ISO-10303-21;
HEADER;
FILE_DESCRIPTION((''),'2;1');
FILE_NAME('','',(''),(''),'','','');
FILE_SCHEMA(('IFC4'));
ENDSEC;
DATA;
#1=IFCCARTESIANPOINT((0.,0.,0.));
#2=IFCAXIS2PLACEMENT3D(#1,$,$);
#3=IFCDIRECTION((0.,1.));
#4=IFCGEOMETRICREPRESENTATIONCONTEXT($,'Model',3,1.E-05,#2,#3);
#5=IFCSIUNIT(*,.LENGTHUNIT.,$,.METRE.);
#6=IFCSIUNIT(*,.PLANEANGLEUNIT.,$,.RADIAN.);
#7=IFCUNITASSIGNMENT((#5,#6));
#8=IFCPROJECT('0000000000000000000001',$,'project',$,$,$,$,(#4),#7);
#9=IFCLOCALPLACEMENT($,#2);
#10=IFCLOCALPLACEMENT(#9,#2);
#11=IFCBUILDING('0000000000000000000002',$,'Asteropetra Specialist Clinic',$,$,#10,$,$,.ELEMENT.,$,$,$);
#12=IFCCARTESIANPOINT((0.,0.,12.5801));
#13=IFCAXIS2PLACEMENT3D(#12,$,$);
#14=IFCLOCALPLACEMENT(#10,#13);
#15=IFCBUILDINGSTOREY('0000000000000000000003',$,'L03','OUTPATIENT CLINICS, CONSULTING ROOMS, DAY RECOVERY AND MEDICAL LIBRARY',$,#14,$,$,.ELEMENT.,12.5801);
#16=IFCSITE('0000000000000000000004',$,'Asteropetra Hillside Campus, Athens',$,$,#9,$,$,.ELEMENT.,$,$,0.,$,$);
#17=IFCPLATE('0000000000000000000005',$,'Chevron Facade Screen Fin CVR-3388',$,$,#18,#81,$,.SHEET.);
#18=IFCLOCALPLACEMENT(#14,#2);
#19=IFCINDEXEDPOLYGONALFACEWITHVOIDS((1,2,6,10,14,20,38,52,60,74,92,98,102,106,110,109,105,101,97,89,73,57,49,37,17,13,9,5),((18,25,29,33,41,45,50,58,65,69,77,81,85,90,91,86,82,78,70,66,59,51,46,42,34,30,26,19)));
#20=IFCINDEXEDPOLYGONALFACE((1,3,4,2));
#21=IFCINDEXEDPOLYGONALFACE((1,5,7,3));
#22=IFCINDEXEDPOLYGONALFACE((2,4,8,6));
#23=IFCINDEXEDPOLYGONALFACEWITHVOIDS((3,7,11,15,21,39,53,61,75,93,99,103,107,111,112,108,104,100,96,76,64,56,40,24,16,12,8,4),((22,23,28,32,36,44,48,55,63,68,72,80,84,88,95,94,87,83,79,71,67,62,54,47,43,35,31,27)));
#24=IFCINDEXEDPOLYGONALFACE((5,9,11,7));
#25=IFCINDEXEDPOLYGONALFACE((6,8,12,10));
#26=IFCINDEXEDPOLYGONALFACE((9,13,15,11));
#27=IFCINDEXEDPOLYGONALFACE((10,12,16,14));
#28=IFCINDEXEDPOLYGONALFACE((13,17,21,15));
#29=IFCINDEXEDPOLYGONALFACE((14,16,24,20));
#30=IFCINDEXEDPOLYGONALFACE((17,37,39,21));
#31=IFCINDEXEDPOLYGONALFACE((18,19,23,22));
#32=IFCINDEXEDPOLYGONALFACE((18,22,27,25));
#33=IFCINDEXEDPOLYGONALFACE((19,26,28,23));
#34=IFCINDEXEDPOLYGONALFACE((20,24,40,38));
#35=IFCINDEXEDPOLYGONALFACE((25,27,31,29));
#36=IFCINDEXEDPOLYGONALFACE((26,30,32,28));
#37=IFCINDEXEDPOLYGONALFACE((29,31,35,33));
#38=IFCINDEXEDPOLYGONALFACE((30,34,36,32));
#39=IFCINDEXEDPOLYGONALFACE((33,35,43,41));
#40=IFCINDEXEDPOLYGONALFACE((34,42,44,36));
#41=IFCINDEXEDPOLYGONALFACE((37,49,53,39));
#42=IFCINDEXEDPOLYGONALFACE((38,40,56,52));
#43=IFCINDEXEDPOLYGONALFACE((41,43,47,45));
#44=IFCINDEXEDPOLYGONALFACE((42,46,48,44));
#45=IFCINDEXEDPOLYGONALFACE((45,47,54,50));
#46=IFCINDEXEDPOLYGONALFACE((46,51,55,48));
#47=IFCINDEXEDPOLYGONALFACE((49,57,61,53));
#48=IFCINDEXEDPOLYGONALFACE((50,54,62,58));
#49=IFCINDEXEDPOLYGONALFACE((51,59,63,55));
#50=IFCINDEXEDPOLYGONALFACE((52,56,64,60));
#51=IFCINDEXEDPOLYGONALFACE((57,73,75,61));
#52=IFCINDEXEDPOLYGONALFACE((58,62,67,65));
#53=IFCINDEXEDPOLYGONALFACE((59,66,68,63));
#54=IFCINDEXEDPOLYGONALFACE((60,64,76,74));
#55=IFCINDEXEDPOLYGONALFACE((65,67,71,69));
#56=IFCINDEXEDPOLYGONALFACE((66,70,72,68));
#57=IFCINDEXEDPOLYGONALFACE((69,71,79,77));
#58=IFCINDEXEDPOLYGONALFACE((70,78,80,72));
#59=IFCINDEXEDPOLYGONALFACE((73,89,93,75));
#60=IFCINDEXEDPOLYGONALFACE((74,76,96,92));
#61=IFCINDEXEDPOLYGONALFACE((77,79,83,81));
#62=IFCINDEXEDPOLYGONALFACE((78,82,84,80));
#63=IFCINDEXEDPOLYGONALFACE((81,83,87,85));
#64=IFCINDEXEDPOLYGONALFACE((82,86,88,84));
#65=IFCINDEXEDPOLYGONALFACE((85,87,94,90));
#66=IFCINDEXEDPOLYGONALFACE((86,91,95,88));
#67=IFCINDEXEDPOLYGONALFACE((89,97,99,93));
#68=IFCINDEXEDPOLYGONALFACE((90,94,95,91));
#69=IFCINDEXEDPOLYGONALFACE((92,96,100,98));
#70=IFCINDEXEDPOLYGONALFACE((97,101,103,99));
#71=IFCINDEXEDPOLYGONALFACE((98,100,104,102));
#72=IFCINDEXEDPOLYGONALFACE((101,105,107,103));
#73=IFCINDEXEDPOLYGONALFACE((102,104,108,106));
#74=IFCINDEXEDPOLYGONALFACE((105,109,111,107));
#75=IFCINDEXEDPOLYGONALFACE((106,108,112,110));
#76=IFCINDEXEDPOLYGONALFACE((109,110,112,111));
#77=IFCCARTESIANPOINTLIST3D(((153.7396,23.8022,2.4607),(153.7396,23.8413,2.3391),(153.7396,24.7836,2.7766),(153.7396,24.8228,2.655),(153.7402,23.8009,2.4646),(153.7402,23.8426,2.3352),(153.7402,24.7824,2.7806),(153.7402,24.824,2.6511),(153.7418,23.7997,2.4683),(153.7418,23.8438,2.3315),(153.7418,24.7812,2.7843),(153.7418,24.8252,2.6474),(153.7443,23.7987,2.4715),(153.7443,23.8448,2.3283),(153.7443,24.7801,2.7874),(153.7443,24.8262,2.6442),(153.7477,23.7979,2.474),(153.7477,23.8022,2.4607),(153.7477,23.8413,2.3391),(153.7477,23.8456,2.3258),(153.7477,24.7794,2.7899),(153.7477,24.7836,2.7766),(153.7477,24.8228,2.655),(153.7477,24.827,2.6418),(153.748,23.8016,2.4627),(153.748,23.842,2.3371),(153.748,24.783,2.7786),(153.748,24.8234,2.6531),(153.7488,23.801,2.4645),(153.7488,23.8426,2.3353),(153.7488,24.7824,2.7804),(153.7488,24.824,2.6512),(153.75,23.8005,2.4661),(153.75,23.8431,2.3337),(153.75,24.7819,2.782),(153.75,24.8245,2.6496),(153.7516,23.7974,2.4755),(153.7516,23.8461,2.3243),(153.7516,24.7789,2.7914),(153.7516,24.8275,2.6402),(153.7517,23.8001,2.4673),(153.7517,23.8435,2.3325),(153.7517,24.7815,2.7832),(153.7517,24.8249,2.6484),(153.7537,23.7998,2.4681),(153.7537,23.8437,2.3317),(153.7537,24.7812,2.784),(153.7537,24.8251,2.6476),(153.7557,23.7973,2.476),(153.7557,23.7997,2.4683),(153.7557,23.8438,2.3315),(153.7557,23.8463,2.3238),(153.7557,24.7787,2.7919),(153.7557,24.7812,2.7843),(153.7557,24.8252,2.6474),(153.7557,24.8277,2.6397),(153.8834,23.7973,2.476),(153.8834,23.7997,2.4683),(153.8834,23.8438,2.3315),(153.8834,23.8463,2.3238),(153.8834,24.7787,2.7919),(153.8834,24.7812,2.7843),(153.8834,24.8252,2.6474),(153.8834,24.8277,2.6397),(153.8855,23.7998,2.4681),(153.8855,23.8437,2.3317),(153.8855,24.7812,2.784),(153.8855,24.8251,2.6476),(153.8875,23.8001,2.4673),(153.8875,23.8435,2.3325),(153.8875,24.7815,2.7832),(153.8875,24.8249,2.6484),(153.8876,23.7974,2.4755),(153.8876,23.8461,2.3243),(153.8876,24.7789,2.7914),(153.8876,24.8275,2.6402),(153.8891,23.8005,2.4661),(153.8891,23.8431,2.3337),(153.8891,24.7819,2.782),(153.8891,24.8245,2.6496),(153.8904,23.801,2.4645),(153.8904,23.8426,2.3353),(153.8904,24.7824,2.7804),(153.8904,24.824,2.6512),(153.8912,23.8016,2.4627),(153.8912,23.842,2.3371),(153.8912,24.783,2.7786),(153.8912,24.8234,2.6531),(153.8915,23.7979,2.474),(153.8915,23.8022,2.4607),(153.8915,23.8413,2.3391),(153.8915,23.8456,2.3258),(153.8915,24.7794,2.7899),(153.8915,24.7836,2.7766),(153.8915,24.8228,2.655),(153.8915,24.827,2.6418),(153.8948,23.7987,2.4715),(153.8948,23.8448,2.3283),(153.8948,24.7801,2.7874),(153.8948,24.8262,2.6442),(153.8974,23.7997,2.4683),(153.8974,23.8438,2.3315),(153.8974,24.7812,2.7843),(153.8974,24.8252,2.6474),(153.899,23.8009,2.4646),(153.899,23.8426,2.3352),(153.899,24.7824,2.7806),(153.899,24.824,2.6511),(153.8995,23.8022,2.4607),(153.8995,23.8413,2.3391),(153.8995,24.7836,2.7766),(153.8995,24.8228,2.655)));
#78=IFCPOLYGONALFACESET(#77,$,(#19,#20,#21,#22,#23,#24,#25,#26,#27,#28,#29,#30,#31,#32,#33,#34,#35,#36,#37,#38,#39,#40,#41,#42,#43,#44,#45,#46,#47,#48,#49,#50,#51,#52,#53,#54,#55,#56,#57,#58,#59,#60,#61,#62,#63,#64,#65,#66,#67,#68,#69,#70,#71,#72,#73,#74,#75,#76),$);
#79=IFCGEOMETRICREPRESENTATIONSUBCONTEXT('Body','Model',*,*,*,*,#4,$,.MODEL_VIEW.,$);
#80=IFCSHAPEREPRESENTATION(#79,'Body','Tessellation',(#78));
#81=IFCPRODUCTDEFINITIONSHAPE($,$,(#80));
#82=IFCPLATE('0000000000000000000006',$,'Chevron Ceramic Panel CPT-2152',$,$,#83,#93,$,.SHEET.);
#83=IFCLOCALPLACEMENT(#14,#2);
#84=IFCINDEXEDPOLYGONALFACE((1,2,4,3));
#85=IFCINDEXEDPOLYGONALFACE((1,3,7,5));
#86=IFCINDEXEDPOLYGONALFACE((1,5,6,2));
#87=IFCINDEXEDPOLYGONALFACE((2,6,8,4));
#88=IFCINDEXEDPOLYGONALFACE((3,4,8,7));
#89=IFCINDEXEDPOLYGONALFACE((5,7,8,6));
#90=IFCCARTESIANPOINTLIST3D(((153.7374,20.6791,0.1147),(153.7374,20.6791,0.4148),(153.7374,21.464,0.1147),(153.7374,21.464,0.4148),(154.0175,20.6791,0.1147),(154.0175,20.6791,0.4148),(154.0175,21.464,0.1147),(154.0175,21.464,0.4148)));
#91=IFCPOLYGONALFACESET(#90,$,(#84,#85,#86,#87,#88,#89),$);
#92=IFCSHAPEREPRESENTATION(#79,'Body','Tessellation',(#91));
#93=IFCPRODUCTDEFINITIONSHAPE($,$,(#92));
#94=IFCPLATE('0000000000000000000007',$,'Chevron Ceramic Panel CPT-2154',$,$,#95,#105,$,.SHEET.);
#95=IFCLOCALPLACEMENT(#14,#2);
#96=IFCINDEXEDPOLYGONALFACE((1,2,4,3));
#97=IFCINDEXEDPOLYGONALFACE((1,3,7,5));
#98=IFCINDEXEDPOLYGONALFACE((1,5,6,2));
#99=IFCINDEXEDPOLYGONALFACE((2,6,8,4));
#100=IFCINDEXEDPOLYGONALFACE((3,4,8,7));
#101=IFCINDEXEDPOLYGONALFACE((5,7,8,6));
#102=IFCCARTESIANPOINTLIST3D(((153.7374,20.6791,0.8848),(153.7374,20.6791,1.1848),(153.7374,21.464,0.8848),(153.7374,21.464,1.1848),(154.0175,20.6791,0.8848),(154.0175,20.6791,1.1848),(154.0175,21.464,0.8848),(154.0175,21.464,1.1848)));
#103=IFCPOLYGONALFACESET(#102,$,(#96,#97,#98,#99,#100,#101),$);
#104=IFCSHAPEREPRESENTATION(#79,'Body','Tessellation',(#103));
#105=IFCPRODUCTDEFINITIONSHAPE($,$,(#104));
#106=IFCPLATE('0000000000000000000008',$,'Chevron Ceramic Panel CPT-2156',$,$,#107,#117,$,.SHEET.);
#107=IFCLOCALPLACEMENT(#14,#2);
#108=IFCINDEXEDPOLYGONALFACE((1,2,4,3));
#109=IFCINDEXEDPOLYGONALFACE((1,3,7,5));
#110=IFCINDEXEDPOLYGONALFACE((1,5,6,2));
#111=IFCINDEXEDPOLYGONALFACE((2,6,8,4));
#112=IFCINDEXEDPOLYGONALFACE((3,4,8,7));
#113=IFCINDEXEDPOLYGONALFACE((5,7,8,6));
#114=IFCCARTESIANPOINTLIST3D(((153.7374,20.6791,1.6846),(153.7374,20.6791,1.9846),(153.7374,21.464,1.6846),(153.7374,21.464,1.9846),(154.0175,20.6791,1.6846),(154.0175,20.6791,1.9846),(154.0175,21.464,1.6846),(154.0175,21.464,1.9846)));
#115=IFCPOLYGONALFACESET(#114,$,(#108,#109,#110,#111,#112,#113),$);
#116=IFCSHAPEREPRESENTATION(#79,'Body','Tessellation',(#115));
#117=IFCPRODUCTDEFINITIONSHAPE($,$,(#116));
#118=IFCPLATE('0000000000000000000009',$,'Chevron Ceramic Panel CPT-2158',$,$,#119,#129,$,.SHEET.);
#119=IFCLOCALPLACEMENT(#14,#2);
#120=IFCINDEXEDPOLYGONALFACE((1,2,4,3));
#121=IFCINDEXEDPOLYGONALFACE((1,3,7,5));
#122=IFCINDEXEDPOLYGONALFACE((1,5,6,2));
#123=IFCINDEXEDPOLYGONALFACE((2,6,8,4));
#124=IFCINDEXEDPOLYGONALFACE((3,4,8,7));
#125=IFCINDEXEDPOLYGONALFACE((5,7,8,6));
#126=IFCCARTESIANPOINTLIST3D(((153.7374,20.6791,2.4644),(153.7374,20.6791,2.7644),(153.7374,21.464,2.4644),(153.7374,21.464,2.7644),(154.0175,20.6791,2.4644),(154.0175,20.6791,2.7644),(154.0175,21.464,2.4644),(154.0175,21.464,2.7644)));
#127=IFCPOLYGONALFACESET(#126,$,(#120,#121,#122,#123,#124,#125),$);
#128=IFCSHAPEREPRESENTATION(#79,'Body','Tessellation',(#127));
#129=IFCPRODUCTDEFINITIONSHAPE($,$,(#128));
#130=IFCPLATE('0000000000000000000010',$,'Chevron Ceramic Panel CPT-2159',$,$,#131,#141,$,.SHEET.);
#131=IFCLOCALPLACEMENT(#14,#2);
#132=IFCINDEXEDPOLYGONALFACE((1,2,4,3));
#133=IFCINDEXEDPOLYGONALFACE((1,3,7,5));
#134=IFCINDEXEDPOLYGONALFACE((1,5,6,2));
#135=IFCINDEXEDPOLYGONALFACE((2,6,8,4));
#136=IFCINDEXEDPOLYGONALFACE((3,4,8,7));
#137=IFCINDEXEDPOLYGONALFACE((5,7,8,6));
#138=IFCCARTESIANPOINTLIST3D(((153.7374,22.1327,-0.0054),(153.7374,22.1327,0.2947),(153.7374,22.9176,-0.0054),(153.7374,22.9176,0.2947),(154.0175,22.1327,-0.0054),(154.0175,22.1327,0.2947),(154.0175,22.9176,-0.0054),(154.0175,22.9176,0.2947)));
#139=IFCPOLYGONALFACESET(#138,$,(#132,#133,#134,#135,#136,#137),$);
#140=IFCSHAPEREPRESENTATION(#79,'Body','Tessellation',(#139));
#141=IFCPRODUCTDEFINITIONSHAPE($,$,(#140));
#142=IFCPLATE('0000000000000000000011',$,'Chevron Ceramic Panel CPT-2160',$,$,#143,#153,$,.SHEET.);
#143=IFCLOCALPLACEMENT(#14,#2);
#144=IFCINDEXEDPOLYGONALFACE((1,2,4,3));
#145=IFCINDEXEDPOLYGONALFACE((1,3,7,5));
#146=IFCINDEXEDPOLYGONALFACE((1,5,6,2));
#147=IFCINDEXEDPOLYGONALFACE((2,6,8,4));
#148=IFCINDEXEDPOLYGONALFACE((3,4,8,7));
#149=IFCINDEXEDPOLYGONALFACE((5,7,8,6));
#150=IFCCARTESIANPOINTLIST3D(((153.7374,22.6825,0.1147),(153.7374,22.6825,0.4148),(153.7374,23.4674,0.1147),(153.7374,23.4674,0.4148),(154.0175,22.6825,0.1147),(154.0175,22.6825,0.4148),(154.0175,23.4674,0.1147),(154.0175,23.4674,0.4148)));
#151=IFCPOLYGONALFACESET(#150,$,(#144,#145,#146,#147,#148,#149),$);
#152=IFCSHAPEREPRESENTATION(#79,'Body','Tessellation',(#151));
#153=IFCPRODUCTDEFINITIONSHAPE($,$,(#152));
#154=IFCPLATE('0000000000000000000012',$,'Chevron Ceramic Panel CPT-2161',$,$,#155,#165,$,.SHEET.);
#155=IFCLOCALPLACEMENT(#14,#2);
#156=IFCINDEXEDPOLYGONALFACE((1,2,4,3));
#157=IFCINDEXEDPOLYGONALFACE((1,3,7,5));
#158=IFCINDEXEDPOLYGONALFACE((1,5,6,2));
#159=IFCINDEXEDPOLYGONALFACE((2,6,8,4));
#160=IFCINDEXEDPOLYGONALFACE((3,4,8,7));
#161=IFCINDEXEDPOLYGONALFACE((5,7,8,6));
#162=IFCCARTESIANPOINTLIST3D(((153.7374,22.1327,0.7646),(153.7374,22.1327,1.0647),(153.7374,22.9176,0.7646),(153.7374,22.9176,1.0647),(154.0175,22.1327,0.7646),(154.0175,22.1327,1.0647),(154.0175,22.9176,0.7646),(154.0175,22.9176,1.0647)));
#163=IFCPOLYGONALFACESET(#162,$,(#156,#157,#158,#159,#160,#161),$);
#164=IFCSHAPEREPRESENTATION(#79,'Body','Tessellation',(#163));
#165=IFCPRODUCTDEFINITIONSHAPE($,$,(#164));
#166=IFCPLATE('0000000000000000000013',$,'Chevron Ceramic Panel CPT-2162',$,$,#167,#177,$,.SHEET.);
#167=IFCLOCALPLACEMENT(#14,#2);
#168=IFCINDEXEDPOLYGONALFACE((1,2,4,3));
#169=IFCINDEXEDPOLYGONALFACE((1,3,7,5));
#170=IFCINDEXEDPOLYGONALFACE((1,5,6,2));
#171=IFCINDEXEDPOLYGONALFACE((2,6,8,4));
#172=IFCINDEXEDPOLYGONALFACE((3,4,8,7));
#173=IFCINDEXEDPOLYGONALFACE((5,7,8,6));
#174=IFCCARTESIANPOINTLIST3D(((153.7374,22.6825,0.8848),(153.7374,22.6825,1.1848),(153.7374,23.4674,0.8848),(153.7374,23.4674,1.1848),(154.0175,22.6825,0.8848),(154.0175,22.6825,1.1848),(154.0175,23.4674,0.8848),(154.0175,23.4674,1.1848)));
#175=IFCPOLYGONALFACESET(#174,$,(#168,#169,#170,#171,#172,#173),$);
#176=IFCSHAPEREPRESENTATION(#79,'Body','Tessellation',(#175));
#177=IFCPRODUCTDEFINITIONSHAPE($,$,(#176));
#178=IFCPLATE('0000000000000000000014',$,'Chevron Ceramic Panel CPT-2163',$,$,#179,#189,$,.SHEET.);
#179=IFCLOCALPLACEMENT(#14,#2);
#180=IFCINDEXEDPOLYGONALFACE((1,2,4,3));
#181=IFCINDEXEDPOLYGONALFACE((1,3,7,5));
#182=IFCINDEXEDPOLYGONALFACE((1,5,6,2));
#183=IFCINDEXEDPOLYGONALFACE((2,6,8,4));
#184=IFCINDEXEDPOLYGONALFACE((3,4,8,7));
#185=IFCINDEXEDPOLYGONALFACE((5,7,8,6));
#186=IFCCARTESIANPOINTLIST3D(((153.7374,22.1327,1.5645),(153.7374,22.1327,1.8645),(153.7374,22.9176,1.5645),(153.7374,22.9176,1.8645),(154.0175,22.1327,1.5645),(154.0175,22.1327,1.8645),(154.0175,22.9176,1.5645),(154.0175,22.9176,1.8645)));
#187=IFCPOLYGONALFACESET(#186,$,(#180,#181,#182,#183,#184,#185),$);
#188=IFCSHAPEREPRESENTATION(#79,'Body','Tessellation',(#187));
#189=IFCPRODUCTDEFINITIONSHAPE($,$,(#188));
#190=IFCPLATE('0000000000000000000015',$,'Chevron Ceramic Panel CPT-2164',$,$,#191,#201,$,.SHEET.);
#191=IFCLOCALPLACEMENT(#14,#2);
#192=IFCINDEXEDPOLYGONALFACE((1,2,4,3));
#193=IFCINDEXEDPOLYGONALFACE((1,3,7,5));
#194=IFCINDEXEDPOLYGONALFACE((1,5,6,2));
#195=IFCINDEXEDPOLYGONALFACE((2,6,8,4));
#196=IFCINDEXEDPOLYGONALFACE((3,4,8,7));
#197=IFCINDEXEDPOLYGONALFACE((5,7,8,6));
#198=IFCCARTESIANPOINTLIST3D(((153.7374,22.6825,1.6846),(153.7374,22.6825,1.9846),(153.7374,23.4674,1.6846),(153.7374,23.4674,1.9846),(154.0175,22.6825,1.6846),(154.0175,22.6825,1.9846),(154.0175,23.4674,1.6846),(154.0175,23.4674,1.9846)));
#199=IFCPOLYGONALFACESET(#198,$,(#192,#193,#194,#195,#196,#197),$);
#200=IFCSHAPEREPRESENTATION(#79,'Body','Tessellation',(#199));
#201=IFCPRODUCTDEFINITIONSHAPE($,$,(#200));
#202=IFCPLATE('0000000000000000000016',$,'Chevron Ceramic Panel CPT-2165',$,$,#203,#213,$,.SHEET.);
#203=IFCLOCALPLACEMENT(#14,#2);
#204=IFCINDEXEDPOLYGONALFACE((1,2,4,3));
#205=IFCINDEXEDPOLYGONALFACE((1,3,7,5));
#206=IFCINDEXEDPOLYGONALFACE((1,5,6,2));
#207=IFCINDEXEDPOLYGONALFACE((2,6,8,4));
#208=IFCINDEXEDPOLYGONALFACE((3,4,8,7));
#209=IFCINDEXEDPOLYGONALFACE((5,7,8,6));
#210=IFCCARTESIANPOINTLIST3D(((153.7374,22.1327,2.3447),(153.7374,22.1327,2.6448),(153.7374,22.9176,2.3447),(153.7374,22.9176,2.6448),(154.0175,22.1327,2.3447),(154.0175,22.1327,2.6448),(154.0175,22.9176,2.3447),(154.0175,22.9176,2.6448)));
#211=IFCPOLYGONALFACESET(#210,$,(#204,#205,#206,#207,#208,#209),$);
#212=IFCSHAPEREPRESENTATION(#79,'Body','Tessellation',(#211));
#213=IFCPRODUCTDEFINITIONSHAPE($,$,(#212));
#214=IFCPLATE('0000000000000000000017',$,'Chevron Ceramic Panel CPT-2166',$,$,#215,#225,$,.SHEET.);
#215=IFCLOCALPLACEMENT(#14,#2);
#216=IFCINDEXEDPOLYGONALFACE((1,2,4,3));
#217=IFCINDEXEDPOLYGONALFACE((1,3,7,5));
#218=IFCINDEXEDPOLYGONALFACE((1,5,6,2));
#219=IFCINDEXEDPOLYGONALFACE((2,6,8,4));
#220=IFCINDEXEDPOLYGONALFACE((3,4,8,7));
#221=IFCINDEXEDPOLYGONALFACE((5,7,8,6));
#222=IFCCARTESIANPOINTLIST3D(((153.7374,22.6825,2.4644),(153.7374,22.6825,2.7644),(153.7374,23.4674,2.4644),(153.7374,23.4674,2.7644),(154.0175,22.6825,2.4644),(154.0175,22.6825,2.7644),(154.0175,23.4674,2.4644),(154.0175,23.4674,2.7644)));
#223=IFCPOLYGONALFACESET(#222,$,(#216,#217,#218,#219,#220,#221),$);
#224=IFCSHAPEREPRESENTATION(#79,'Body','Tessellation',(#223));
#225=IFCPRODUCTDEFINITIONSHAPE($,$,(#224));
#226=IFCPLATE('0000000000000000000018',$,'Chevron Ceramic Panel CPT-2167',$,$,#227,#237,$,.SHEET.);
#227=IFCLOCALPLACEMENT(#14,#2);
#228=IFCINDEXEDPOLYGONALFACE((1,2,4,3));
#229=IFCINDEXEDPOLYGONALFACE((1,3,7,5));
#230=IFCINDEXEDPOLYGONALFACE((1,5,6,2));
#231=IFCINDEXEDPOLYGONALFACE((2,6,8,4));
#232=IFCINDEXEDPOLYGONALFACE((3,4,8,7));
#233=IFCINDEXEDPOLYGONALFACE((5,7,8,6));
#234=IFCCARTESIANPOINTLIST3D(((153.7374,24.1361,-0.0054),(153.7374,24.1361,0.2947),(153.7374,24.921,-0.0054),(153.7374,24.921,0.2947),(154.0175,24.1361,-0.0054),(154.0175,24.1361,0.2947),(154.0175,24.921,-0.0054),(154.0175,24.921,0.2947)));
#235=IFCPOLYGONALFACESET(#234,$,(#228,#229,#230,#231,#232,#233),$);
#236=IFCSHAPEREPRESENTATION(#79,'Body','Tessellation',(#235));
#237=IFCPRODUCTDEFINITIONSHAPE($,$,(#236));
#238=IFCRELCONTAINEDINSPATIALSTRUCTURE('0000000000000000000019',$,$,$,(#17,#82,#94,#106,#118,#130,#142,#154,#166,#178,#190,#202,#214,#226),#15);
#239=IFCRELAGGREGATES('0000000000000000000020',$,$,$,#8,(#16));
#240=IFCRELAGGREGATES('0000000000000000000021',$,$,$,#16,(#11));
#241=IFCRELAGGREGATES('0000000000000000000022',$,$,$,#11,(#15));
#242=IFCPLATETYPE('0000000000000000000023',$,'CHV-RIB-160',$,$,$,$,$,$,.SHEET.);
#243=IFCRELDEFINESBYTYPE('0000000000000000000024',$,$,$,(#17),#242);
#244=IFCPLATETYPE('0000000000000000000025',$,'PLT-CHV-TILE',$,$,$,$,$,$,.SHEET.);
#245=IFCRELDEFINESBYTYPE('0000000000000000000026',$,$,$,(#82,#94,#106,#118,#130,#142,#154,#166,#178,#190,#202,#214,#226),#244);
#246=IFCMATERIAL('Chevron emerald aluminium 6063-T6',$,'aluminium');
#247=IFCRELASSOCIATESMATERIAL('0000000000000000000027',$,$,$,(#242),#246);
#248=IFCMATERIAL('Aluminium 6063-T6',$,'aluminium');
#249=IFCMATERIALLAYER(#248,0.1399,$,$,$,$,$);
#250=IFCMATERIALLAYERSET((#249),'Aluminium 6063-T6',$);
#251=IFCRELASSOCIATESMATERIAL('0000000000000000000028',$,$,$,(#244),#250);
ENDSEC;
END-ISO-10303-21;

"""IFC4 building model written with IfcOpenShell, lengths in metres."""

from ifc_helpers import new_model, si_unit, direction, frame, origin, origin_2d, place, context, subcontext, project, spatial, rectangle, hollow_rectangle, extrude, material, layer, layer_set, material_profile, profile_set, type_object, element, save


model = new_model("IFC4")

# Units and contexts
model_context = context("Model", 3, precision=1e-05, world=origin(), true_north=direction((0.0, 1.0)))
body_context = subcontext(model_context, "Body", "Model", "MODEL_VIEW")
ifc_project = project(units=[si_unit("LENGTHUNIT", "METRE"), si_unit("PLANEANGLEUNIT", "RADIAN")], contexts=[model_context])

# Site, building, storey
site_placement = place(None, origin())
site = spatial("IfcSite", under=ifc_project, at=site_placement, Name="Asteropetra Hillside Campus, Athens", CompositionType="ELEMENT", RefElevation=0.0)
building_placement = place(site_placement, origin())
building = spatial("IfcBuilding", under=site, at=building_placement, Name="Asteropetra Specialist Clinic", CompositionType="ELEMENT")
storey_placement = place(building_placement, frame((0.0, 0.0, 12.5801)))
storey = spatial("IfcBuildingStorey", under=building, at=storey_placement, Name="L03", Description="OUTPATIENT CLINICS, CONSULTING ROOMS, DAY RECOVERY AND MEDICAL LIBRARY", CompositionType="ELEMENT", Elevation=12.5801)

# Plates
ifc_material_1 = material(Name="Chevron emerald aluminium 6063-T6", Category="aluminium")
ifc_material_profile = material_profile(ifc_material_1, hollow_rectangle(XDim=0.1599, YDim=0.1599, WallThickness=0.0081, InnerFilletRadius=0.0081, OuterFilletRadius=0.0161, at=origin_2d()), Name="SHS 160x160x8.0")
ifc_profile_set = profile_set([ifc_material_profile], Name="Chevron emerald aluminium 6063-T6")
plate_type_1 = type_object("IfcPlateType", Name="CHV-RIB-160", PredefinedType="SHEET", material=ifc_profile_set)
for number, where, z_axis, x_axis, name in (
    (1, (153.8196, 23.8218, 2.3999), (0.0, 0.9519, 0.306408), (-1.0, 0.0, 0.0), "Chevron Facade Screen Fin CVR-3388"),
):
    element("IfcPlate", number, at=place(storey_placement, frame(where, z_axis=z_axis, x_axis=x_axis)), inside=storey, type_object=plate_type_1, Name=name, PredefinedType="SHEET", context=body_context, shape_type="SweptSolid", body=[
        extrude(hollow_rectangle(XDim=0.1599, YDim=0.1599, WallThickness=0.0081, InnerFilletRadius=0.0081, OuterFilletRadius=0.0161, at=origin_2d()), origin(), (0.0, 0.0, 1.0), 1.031),
    ])
ifc_material_2 = material(Name="Aluminium 6063-T6", Category="aluminium")
ifc_layer_1 = layer(ifc_material_2, 0.1399)
ifc_layer_set_1 = layer_set([ifc_layer_1], Name="Aluminium 6063-T6")
plate_type_2 = type_object("IfcPlateType", Name="PLT-CHV-TILE", PredefinedType="SHEET", material=ifc_layer_set_1)
for number, where, z_axis, x_axis, name in (
    (2, (153.8774, 21.0715, 0.1147), (0.0, 0.0, 1.0), (1.0, 0.0, 0.0), "Chevron Ceramic Panel CPT-2152"),
    (3, (153.8774, 21.0715, 0.8848), (0.0, 0.0, 1.0), (1.0, 0.0, 0.0), "Chevron Ceramic Panel CPT-2154"),
    (4, (153.8774, 21.0715, 1.6846), (0.0, 0.0, 1.0), (1.0, 0.0, 0.0), "Chevron Ceramic Panel CPT-2156"),
    (5, (153.8774, 21.0715, 2.4644), (0.0, 0.0, 1.0), (1.0, 0.0, 0.0), "Chevron Ceramic Panel CPT-2158"),
    (6, (153.8774, 22.5251, -0.0054), (0.0, 0.0, 1.0), (1.0, 0.0, 0.0), "Chevron Ceramic Panel CPT-2159"),
    (7, (153.8774, 23.075, 0.1147), (0.0, 0.0, 1.0), (1.0, 0.0, 0.0), "Chevron Ceramic Panel CPT-2160"),
    (8, (153.8774, 22.5251, 0.7646), (0.0, 0.0, 1.0), (1.0, 0.0, 0.0), "Chevron Ceramic Panel CPT-2161"),
    (9, (153.8774, 23.075, 0.8848), (0.0, 0.0, 1.0), (1.0, 0.0, 0.0), "Chevron Ceramic Panel CPT-2162"),
    (10, (153.8774, 22.5251, 1.5645), (0.0, 0.0, 1.0), (1.0, 0.0, 0.0), "Chevron Ceramic Panel CPT-2163"),
    (11, (153.8774, 23.075, 1.6846), (0.0, 0.0, 1.0), (1.0, 0.0, 0.0), "Chevron Ceramic Panel CPT-2164"),
    (12, (153.8774, 22.5251, 2.3447), (0.0, 0.0, 1.0), (1.0, 0.0, 0.0), "Chevron Ceramic Panel CPT-2165"),
    (13, (153.8774, 23.075, 2.4644), (0.0, 0.0, 1.0), (1.0, 0.0, 0.0), "Chevron Ceramic Panel CPT-2166"),
    (14, (153.8774, 24.5286, -0.0054), (0.0, 0.0, 1.0), (1.0, 0.0, 0.0), "Chevron Ceramic Panel CPT-2167"),
):
    element("IfcPlate", number, at=place(storey_placement, frame(where, z_axis=z_axis, x_axis=x_axis)), inside=storey, type_object=plate_type_2, Name=name, PredefinedType="SHEET", context=body_context, shape_type="SweptSolid", body=[
        extrude(rectangle(XDim=0.28, YDim=0.7849, at=origin_2d()), origin(), (0.0, 0.0, 1.0), 0.3),
    ])

save(model, "model.ifc")
